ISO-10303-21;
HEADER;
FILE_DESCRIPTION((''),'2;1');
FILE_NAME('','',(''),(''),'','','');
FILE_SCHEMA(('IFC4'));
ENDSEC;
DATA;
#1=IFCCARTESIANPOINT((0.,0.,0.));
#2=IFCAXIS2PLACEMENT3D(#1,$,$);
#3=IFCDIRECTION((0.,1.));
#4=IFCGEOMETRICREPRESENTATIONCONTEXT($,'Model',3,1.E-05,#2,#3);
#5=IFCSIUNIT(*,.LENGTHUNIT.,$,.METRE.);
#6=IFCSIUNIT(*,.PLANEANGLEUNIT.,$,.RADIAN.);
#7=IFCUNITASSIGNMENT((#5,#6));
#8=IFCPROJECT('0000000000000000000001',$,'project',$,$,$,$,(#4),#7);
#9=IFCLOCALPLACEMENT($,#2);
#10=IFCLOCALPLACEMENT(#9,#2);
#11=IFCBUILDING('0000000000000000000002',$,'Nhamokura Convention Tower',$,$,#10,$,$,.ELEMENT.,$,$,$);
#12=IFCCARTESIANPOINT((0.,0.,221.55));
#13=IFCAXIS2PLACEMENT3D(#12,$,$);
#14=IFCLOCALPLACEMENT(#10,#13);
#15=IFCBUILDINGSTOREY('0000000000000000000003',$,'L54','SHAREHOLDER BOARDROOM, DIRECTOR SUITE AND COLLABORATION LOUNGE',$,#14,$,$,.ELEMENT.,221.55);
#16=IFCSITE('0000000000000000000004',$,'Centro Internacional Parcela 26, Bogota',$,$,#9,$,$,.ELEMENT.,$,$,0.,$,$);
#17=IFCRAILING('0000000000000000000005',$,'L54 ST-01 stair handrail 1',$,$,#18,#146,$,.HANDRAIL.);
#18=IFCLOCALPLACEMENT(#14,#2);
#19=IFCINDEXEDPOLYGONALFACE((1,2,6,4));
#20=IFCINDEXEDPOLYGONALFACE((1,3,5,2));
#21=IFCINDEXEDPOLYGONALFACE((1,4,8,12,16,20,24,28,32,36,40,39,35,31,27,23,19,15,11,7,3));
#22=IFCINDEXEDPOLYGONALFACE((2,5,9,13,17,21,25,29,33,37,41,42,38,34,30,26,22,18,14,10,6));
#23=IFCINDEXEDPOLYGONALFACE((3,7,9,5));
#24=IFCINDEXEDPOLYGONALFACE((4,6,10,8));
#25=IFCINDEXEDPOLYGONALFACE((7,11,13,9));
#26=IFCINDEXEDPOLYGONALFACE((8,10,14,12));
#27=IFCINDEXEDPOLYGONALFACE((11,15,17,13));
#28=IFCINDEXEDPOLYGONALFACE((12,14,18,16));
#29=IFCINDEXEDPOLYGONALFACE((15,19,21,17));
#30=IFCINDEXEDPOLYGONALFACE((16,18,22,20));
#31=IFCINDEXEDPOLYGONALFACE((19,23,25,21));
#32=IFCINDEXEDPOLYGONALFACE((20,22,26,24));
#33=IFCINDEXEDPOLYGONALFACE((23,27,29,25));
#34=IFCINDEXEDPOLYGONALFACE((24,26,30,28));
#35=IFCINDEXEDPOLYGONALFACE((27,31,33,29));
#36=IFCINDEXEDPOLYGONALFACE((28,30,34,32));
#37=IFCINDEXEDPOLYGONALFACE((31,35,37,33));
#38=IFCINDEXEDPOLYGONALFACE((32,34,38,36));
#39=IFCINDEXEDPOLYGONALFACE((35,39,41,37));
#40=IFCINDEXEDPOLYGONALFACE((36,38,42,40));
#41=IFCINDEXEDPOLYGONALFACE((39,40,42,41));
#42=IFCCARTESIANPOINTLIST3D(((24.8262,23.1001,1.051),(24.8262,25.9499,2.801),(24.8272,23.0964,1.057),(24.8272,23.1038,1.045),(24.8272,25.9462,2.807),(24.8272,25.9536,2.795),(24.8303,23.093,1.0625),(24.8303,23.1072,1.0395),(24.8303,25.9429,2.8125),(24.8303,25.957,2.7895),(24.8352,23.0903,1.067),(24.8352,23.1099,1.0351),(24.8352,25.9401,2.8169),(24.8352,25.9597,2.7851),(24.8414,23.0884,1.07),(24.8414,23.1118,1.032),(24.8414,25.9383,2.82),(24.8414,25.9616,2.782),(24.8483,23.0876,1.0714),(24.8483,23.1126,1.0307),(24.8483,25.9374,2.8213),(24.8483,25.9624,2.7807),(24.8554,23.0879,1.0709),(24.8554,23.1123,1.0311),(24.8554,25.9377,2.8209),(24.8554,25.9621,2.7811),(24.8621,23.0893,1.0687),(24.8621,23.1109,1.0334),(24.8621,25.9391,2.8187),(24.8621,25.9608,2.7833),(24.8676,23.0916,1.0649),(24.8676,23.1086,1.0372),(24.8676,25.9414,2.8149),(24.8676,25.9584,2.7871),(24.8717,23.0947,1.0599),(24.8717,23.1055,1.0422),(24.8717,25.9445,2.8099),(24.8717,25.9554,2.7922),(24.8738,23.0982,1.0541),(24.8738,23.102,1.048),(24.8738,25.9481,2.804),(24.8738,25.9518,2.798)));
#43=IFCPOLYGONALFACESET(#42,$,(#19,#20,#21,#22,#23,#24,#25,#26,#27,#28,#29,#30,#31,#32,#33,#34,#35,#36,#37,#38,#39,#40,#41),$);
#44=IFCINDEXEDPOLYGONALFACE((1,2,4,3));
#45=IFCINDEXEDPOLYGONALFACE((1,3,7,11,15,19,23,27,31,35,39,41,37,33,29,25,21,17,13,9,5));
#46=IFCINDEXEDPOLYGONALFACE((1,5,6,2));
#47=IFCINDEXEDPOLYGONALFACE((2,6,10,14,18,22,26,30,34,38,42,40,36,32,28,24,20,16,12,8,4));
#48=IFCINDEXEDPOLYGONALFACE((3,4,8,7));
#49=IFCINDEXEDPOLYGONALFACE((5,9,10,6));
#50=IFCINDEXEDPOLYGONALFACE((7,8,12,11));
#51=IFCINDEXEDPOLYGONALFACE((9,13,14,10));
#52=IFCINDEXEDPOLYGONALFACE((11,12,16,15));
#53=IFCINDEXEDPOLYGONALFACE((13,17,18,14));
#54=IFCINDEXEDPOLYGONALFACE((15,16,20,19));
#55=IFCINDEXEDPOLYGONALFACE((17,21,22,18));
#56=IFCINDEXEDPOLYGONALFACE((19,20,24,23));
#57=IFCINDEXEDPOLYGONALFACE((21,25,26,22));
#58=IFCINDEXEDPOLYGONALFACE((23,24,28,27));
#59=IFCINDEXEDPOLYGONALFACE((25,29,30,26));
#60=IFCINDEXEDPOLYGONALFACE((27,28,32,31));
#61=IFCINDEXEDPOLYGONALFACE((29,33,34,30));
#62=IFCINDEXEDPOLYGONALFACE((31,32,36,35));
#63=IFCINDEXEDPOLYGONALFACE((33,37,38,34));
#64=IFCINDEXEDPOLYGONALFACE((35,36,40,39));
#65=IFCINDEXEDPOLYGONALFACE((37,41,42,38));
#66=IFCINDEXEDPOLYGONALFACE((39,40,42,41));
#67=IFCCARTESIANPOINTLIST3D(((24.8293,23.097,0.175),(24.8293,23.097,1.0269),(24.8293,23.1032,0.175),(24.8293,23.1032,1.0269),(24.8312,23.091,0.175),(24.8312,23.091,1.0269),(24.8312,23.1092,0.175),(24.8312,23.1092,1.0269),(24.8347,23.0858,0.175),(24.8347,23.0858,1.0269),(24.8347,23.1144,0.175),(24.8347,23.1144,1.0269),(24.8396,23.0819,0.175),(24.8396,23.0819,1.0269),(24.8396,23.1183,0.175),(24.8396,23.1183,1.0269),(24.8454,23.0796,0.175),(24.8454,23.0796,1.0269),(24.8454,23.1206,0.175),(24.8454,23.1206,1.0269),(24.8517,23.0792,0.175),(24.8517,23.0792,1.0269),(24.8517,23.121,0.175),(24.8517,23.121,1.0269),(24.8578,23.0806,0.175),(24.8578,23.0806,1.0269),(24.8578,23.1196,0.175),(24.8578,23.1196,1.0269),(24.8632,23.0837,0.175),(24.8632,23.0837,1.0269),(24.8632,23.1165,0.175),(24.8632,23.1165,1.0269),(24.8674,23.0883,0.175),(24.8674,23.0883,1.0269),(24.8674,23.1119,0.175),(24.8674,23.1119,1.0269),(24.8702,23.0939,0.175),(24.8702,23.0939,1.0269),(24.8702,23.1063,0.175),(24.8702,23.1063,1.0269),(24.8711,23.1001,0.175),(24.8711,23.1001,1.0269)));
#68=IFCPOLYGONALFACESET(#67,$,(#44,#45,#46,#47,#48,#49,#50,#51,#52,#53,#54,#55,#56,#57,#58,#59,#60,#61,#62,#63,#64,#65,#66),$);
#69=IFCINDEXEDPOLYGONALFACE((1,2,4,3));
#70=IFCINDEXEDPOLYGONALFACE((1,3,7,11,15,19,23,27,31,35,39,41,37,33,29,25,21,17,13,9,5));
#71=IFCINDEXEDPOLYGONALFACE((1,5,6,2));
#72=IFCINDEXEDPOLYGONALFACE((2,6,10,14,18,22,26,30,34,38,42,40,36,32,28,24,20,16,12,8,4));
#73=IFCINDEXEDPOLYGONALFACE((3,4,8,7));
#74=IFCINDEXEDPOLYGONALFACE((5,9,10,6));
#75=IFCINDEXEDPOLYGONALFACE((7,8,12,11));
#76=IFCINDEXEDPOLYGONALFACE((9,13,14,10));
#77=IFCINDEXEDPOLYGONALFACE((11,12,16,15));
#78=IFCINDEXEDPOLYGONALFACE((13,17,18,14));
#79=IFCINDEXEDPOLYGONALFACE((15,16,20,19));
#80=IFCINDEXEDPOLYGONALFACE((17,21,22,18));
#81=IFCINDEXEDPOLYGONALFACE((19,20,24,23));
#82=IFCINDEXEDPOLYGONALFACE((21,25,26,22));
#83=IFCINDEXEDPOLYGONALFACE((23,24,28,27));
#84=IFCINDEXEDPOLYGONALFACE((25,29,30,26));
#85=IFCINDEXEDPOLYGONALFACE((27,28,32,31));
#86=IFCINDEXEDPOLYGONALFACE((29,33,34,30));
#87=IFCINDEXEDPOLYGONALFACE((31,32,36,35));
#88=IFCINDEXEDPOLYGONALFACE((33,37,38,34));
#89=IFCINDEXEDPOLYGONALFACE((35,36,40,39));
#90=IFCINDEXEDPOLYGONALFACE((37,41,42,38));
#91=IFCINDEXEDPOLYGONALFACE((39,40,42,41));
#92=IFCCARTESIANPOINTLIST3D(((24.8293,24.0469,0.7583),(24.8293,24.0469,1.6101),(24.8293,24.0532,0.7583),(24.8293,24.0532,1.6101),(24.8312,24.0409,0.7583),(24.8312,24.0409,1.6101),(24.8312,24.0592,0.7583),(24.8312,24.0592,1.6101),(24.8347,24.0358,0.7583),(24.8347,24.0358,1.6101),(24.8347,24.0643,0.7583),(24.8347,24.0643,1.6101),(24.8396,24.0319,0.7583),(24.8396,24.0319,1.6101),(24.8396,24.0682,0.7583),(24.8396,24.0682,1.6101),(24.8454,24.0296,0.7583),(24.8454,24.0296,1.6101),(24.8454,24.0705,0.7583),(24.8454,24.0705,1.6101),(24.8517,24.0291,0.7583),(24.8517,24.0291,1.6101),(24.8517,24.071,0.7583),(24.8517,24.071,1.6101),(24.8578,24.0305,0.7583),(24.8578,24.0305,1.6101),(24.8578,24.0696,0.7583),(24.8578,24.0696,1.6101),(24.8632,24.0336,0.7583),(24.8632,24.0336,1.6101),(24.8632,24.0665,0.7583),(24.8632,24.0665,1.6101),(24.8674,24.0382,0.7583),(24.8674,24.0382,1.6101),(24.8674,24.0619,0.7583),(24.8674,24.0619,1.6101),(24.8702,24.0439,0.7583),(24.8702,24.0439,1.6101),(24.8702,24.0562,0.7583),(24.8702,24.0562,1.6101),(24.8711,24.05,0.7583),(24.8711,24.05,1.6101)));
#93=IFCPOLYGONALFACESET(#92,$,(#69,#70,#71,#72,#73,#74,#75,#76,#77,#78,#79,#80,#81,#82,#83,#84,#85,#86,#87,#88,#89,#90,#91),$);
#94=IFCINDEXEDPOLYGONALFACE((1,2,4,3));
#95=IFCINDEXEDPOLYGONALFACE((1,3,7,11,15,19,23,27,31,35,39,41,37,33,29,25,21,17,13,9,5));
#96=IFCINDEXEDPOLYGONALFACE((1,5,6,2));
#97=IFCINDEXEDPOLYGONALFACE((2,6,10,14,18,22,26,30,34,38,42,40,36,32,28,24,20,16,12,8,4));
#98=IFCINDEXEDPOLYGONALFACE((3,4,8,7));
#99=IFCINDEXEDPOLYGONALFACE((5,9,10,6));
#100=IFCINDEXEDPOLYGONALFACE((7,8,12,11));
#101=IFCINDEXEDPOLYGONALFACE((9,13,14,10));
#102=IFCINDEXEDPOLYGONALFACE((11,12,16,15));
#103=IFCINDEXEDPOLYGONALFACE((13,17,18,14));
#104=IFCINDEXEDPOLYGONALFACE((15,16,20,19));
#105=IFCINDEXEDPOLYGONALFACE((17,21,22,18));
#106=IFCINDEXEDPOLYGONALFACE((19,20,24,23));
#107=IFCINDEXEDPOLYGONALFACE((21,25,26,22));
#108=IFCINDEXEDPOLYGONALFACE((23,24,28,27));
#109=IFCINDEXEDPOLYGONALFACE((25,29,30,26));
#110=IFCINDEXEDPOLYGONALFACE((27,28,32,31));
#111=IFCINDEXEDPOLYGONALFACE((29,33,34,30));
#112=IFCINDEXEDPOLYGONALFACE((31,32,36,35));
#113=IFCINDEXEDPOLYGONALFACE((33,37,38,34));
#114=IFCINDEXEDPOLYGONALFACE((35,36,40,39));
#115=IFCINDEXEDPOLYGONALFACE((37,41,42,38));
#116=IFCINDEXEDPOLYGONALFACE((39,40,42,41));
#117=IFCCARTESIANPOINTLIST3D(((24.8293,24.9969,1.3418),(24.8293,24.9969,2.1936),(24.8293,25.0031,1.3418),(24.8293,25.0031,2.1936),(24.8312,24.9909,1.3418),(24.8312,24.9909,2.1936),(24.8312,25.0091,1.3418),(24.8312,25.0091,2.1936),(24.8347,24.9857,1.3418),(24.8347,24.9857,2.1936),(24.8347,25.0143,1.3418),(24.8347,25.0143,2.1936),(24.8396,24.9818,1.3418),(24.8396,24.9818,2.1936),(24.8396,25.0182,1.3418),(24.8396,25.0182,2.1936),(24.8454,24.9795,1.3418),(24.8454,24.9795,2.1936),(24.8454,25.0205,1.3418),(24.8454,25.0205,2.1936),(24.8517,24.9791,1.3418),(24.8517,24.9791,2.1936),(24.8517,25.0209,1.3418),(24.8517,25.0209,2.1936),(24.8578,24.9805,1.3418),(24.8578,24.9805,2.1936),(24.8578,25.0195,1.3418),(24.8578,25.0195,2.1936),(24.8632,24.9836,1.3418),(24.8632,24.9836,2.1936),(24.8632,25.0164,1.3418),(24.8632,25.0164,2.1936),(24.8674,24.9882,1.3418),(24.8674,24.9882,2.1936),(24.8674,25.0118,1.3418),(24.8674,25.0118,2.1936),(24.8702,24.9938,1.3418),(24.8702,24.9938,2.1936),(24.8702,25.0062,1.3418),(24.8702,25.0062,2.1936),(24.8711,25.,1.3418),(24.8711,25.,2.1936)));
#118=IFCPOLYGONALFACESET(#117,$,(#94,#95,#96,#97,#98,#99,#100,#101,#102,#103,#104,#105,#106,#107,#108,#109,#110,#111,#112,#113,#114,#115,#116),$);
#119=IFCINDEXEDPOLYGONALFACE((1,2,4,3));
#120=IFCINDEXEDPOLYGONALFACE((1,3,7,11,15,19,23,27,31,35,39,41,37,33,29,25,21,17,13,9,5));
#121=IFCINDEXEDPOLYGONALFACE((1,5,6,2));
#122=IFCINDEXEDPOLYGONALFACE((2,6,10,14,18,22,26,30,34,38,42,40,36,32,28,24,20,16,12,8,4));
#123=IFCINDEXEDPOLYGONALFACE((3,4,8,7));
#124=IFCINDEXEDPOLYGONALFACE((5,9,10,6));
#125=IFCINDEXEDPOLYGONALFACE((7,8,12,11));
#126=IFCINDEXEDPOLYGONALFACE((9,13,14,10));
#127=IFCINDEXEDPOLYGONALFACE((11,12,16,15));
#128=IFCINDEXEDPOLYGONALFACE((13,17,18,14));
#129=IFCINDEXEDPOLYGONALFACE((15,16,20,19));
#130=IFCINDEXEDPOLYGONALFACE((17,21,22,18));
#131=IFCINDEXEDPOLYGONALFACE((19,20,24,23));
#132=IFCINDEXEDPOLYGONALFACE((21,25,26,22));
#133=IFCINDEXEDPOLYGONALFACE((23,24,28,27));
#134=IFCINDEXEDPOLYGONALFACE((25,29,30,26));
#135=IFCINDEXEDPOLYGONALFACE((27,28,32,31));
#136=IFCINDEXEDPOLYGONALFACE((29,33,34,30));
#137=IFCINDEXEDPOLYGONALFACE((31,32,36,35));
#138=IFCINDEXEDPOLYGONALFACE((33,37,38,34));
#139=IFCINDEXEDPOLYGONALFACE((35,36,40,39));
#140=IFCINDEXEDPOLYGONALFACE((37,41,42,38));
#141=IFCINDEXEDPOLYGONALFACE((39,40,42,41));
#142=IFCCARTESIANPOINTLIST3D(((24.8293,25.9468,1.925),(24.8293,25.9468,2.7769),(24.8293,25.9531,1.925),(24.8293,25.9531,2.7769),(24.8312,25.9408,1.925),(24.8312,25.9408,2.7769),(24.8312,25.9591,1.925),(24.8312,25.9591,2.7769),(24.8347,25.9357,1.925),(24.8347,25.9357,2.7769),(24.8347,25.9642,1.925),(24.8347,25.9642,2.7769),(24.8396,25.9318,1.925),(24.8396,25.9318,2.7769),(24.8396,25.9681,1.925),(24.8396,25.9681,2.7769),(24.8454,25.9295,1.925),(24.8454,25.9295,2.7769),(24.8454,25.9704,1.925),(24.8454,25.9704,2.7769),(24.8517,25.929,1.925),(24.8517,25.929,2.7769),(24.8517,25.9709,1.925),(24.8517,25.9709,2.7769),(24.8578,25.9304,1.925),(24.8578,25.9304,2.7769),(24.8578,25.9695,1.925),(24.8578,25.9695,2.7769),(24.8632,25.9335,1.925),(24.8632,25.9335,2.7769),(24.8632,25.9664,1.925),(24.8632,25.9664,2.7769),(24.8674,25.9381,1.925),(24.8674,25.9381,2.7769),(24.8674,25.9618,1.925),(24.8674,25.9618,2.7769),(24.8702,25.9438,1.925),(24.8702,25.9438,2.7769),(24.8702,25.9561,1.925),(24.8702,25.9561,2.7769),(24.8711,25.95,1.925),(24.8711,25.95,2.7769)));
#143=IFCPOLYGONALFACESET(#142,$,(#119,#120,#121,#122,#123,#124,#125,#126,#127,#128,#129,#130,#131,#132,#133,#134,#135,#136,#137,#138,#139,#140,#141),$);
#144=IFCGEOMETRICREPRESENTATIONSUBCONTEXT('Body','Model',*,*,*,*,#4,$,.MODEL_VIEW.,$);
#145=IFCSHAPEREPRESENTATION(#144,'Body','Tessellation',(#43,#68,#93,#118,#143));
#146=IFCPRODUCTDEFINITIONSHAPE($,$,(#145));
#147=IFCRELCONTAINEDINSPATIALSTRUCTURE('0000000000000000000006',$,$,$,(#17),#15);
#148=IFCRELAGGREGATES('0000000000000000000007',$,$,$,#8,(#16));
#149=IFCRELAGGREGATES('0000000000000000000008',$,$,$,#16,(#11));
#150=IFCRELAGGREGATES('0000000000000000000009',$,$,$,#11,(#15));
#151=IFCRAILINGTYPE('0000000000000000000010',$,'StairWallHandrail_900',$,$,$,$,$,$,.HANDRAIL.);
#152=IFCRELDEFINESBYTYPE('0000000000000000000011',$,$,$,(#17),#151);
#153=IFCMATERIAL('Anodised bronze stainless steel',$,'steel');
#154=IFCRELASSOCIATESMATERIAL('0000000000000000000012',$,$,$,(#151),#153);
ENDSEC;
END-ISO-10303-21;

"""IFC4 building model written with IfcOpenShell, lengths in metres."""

from ifc_helpers import new_model, si_unit, direction, frame, origin, origin_2d, place, context, subcontext, project, spatial, circle, extrude, material, type_object, element, save


model = new_model("IFC4")

# Units and contexts
model_context = context("Model", 3, precision=1e-05, world=origin(), true_north=direction((0.0, 1.0)))
body_context = subcontext(model_context, "Body", "Model", "MODEL_VIEW")
ifc_project = project(units=[si_unit("LENGTHUNIT", "METRE"), si_unit("PLANEANGLEUNIT", "RADIAN")], contexts=[model_context])

# Site, building, storey
site_placement = place(None, origin())
site = spatial("IfcSite", under=ifc_project, at=site_placement, Name="Centro Internacional Parcela 26, Bogota", CompositionType="ELEMENT", RefElevation=0.0)
building_placement = place(site_placement, origin())
building = spatial("IfcBuilding", under=site, at=building_placement, Name="Nhamokura Convention Tower", CompositionType="ELEMENT")
storey_placement = place(building_placement, frame((0.0, 0.0, 221.55)))
storey = spatial("IfcBuildingStorey", under=building, at=storey_placement, Name="L54", Description="SHAREHOLDER BOARDROOM, DIRECTOR SUITE AND COLLABORATION LOUNGE", CompositionType="ELEMENT", Elevation=221.55)

# Railing
ifc_material_1 = material(Name="Anodised bronze stainless steel", Category="steel")
railing_type_1 = type_object("IfcRailingType", Name="StairWallHandrail_900", PredefinedType="HANDRAIL", material=ifc_material_1)
railing_1_placement = place(storey_placement, frame((24.8501, 23.1001, 0.175)))
element("IfcRailing", 1, at=railing_1_placement, inside=storey, type_object=railing_type_1, Name="L54 ST-01 stair handrail 1", PredefinedType="HANDRAIL", context=body_context, shape_type="SweptSolid", body=[
    extrude(circle(Radius=0.0239, at=origin_2d()), frame((0.0, 0.0, 0.876), z_axis=(0.0, 0.852159, 0.523283), x_axis=(-1.0, 0.0, 0.0)), (0.0, 0.0, 1.0), 3.3442),
    extrude(circle(Radius=0.021, at=origin_2d()), origin(), (0.0, 0.0, 1.0), 0.8518),
    extrude(circle(Radius=0.021, at=origin_2d()), frame((0.0, 0.95, 0.5833)), (0.0, 0.0, 1.0), 0.8518),
    extrude(circle(Radius=0.021, at=origin_2d()), frame((0.0, 1.8999, 1.1667)), (0.0, 0.0, 1.0), 0.8518),
    extrude(circle(Radius=0.021, at=origin_2d()), frame((0.0, 2.8499, 1.75)), (0.0, 0.0, 1.0), 0.8518),
])

save(model, "model.ifc")
